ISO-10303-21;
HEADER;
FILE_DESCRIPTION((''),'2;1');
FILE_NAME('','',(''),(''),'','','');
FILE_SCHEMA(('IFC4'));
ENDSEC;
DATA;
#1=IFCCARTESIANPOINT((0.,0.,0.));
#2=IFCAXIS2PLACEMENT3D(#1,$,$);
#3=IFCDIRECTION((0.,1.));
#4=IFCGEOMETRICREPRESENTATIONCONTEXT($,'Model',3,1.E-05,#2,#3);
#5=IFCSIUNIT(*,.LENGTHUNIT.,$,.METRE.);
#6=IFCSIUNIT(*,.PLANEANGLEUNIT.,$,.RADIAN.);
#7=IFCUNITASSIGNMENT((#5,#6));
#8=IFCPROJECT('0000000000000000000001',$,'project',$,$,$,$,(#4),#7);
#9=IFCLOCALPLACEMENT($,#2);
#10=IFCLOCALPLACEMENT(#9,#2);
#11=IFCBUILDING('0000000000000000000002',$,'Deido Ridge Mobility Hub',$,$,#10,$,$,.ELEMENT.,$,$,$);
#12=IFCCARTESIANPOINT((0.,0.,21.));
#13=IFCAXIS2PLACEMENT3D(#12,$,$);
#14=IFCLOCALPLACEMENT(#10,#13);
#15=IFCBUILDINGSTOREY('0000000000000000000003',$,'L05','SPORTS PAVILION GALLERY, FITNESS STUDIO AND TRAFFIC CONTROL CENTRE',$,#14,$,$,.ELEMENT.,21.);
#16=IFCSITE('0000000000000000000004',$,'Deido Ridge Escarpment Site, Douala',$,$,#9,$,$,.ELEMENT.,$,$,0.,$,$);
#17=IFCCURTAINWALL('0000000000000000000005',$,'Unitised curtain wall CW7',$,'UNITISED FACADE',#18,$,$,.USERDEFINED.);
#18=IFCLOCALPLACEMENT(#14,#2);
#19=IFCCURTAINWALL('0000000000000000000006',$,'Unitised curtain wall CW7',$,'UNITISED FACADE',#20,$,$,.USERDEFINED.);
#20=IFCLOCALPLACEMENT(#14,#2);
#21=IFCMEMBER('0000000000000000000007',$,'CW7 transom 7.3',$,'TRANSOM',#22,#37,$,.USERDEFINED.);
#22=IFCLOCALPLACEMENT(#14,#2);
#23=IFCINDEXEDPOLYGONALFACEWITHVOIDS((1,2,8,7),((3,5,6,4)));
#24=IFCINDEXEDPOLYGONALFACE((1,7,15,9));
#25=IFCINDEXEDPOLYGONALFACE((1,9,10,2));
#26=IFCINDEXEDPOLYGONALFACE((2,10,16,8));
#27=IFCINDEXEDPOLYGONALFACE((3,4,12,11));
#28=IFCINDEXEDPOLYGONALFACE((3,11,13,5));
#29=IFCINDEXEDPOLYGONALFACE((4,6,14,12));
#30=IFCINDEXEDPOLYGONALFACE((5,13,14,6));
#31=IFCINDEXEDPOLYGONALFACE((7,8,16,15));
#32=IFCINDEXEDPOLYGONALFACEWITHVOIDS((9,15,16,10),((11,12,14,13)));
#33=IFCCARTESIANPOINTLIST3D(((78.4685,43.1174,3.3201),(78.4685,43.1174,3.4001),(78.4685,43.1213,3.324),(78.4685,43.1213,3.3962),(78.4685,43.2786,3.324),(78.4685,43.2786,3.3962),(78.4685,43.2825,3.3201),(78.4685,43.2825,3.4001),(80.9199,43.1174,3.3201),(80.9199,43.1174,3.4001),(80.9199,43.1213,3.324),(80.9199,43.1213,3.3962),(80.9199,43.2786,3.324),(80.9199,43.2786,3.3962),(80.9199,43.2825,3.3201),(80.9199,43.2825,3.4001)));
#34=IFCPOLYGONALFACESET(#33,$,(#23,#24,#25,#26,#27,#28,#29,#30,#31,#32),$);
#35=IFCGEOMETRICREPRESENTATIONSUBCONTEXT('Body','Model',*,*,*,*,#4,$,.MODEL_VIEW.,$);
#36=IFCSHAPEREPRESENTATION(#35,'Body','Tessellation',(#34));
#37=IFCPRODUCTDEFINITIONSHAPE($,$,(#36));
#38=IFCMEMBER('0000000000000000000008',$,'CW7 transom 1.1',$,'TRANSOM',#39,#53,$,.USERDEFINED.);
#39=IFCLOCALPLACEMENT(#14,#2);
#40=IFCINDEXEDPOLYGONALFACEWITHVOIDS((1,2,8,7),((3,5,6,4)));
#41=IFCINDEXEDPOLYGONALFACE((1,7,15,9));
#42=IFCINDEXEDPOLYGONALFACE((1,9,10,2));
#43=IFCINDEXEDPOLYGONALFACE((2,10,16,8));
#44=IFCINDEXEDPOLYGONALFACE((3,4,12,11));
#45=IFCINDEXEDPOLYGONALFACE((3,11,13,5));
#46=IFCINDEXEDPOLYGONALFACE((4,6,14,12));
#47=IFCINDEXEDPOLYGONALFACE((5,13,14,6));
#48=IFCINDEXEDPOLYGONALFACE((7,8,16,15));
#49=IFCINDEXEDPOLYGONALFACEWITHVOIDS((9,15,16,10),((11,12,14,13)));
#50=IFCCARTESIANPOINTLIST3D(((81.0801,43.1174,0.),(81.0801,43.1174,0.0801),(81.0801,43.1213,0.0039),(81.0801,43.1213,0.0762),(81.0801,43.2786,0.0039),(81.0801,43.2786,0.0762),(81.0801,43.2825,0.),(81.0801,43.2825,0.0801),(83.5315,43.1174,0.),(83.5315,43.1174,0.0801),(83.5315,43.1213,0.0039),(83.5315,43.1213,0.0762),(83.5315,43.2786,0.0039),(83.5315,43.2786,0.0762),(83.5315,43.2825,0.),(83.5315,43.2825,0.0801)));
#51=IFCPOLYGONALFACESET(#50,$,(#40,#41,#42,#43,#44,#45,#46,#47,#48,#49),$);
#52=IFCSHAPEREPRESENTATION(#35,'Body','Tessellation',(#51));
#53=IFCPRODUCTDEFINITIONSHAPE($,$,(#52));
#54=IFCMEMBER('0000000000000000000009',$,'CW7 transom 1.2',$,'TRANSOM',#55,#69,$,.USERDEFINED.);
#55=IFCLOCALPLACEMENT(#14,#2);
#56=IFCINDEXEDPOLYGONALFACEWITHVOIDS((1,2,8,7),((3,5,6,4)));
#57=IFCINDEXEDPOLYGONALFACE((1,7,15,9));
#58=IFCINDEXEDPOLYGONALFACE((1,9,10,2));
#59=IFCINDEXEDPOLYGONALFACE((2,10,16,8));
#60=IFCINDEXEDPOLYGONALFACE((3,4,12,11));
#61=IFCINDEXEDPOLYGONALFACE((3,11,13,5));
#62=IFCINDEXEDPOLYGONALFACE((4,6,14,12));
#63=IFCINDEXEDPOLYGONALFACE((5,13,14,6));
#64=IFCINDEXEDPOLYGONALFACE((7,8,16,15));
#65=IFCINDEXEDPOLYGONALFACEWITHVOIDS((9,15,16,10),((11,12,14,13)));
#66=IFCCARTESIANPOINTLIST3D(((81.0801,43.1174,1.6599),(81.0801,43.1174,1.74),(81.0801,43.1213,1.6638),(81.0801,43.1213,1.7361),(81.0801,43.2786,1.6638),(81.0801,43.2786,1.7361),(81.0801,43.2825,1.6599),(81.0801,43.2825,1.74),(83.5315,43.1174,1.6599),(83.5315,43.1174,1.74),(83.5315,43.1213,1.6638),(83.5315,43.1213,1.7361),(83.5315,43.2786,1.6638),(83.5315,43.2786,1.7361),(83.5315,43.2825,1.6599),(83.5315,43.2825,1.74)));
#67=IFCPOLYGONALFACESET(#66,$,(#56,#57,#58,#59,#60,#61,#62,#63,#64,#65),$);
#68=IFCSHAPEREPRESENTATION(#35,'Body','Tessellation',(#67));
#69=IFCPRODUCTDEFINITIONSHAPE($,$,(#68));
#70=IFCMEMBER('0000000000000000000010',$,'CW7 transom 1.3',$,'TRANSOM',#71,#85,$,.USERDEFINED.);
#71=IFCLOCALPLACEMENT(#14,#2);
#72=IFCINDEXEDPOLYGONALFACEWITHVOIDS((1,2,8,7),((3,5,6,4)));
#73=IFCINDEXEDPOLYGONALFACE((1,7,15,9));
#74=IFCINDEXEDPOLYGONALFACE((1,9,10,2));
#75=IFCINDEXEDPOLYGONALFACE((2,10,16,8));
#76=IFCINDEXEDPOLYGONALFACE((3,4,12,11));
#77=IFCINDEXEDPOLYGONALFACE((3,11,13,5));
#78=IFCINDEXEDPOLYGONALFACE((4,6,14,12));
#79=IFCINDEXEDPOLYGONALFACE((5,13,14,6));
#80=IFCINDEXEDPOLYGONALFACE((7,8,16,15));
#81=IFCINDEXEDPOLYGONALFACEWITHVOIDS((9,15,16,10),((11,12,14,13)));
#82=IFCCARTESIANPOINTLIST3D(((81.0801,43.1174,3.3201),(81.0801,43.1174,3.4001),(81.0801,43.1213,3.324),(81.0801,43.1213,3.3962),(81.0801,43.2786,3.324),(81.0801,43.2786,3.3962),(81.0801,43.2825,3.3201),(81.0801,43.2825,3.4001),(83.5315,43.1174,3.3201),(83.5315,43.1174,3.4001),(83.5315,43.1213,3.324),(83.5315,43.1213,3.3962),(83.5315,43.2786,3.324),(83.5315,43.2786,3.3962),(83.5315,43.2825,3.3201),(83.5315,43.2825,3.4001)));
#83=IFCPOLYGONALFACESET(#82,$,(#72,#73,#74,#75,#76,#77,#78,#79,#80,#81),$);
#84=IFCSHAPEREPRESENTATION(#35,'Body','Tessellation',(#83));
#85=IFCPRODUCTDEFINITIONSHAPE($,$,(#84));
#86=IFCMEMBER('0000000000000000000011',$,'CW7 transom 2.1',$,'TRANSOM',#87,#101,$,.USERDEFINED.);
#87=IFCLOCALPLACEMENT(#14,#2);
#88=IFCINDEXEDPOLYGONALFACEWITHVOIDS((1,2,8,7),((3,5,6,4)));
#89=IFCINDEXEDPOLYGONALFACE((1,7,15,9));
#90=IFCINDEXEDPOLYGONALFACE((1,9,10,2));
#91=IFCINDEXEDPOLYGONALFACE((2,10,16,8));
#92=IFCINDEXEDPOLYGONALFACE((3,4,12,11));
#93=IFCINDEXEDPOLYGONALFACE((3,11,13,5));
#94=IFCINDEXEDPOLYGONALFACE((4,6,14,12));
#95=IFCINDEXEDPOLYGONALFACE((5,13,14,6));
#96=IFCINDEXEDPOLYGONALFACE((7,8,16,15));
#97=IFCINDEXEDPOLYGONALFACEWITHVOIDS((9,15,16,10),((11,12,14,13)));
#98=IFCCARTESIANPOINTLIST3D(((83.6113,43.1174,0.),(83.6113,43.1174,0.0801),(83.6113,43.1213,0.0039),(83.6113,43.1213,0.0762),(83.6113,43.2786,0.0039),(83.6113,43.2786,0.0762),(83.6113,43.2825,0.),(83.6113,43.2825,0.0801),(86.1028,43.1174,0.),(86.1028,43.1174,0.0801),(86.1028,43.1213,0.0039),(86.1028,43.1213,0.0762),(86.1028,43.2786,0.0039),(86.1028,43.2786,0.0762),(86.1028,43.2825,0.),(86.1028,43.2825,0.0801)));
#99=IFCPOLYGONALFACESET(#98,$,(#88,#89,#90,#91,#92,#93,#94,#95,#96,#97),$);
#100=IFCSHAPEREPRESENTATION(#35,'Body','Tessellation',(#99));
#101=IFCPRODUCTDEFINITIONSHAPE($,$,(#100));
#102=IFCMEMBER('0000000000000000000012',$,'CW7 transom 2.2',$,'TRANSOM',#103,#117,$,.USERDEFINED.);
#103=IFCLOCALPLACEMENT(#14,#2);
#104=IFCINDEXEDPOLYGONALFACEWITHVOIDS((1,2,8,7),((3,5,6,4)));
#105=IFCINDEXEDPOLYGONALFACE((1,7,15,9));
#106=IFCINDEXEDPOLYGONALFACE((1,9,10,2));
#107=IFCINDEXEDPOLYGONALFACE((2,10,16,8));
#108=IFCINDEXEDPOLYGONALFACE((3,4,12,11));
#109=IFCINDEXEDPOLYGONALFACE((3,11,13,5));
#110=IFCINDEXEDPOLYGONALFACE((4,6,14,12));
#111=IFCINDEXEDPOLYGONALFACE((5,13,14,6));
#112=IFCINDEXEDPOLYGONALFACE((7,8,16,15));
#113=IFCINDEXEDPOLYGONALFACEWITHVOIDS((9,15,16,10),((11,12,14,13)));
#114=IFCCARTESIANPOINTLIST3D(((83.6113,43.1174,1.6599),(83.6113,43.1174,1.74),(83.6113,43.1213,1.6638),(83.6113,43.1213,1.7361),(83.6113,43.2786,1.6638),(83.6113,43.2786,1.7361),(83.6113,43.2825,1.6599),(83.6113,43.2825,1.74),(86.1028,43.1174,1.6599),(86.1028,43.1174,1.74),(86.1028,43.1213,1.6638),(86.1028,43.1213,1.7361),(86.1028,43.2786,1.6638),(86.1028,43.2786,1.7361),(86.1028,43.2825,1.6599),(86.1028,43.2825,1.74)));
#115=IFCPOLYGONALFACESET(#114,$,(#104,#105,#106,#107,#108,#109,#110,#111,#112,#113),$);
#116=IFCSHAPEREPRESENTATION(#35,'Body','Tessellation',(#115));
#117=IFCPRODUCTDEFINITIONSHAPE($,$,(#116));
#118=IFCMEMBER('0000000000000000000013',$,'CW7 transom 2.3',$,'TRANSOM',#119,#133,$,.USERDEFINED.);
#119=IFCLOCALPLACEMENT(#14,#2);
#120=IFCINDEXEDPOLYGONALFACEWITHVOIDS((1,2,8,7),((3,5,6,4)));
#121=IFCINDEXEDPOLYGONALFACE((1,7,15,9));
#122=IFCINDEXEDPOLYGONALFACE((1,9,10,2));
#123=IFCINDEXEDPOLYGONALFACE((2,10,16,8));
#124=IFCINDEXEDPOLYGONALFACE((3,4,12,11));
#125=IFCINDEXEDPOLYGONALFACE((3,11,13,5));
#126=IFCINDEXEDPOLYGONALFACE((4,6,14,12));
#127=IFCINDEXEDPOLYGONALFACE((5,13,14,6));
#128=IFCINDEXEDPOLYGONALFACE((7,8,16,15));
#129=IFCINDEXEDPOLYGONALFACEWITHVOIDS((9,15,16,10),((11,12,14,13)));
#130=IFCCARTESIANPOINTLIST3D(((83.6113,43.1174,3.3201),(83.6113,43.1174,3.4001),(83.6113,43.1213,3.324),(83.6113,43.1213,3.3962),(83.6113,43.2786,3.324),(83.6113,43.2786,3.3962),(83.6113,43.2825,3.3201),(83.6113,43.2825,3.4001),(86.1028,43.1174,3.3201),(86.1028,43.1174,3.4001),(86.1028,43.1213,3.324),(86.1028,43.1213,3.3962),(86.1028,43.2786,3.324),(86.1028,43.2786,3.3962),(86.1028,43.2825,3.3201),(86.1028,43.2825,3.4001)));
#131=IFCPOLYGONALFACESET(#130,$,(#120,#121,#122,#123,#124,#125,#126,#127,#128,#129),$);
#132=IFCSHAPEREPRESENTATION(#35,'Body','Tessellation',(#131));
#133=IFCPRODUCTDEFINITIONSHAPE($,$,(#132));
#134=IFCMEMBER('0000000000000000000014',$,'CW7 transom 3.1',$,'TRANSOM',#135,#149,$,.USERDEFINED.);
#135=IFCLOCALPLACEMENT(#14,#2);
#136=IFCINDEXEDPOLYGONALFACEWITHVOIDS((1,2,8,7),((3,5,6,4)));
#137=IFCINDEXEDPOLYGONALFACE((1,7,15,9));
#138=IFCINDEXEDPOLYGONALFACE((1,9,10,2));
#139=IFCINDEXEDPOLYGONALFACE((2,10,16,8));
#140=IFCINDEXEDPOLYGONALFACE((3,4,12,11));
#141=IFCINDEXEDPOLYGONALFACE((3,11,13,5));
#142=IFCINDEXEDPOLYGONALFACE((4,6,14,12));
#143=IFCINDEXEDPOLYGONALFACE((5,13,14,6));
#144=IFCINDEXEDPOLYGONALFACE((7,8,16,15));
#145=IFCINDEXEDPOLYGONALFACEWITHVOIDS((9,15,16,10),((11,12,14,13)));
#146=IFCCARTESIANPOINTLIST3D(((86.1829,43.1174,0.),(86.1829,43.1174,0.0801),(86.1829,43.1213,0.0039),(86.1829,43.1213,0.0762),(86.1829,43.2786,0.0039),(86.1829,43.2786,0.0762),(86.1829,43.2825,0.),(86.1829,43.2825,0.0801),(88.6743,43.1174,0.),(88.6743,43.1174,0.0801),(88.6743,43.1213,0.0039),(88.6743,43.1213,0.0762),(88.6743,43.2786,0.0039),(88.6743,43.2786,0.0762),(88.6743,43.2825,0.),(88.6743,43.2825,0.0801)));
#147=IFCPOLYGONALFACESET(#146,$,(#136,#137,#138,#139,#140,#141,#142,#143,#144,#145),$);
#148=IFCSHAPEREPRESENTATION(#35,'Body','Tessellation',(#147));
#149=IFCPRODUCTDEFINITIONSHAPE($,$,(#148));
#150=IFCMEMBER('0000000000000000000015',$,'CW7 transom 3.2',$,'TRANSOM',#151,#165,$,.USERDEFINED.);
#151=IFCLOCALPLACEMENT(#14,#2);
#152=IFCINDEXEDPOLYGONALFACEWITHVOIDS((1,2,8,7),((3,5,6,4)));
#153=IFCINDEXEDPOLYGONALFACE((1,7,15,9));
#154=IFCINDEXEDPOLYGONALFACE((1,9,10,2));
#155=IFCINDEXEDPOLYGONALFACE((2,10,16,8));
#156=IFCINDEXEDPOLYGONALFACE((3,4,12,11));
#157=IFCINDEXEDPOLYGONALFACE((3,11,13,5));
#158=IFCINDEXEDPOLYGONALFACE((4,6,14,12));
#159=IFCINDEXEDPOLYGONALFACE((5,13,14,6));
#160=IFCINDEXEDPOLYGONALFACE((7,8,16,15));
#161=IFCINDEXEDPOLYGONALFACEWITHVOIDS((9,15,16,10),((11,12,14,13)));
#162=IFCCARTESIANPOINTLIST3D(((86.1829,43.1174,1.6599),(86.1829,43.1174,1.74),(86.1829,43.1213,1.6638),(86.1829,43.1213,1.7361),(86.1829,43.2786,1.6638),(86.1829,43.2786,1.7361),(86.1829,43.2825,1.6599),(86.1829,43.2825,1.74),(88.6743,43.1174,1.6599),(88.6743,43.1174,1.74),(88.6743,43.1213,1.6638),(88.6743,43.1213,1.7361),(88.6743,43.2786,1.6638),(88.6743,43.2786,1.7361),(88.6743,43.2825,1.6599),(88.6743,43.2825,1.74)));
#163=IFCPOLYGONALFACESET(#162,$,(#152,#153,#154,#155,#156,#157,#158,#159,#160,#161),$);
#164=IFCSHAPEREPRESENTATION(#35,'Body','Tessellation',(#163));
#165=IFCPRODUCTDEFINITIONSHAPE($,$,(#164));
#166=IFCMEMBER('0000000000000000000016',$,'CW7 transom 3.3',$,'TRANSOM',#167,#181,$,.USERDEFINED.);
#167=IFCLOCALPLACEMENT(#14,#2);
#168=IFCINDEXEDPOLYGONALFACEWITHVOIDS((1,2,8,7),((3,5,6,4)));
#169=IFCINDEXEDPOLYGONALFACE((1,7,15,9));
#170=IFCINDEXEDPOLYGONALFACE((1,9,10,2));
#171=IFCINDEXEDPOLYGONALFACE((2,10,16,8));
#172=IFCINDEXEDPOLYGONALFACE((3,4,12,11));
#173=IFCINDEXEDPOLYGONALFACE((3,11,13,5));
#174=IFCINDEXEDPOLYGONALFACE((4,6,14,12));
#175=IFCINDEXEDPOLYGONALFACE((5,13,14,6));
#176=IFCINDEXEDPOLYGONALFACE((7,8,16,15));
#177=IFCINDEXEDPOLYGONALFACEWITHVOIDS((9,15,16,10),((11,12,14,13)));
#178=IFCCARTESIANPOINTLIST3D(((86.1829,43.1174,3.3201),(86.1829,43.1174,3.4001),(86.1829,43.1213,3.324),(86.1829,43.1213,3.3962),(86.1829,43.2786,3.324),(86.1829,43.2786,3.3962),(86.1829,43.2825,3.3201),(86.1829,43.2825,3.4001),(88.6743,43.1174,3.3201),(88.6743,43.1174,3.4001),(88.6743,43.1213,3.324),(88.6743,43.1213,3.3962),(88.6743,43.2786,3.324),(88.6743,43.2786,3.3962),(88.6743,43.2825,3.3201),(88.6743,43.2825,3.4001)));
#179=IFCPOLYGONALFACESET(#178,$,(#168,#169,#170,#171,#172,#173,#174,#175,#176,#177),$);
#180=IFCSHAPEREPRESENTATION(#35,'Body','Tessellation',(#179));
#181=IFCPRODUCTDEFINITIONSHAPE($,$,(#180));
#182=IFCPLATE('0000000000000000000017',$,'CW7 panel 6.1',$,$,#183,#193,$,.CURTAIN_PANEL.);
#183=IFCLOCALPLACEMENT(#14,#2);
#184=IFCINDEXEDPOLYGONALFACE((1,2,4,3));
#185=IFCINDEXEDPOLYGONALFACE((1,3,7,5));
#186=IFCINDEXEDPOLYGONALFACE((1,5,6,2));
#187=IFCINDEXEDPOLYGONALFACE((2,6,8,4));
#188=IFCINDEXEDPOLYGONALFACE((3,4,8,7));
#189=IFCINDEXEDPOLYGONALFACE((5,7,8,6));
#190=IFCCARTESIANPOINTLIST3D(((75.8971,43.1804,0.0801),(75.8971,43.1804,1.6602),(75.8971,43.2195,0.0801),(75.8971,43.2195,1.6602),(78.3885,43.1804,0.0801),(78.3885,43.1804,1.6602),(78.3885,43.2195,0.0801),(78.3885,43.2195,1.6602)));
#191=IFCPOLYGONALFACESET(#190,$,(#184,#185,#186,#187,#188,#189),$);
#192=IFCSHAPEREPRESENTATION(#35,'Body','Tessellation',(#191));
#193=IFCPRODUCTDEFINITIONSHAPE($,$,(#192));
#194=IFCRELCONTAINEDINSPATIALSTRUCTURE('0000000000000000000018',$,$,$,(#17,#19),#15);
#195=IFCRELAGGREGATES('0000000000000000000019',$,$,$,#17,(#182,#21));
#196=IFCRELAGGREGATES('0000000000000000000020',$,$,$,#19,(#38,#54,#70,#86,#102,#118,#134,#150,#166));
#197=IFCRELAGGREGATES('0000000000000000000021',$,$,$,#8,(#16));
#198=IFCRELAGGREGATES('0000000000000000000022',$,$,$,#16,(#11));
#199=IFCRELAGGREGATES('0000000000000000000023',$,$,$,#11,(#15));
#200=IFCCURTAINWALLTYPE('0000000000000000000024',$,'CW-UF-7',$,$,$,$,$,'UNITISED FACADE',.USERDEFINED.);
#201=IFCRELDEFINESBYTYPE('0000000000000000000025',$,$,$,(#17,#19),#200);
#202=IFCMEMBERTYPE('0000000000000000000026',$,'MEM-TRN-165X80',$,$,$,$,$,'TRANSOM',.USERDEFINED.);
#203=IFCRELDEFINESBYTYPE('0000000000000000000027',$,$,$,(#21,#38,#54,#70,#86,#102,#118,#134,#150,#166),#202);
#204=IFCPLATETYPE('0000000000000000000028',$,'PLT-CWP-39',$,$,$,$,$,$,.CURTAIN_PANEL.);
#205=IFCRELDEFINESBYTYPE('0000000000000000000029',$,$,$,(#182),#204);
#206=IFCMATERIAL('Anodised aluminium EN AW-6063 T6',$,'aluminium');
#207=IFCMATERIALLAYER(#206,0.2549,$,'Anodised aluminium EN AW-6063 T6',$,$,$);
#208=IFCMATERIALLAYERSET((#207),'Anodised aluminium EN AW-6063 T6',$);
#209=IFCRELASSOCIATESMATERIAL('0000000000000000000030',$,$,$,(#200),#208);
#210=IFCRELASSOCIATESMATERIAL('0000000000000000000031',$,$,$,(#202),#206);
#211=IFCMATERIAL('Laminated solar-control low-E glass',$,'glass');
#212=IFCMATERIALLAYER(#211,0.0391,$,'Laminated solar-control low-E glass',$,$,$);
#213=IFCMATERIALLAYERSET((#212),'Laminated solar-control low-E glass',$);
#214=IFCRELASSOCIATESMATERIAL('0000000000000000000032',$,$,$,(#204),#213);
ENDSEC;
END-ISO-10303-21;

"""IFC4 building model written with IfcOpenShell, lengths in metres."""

from ifc_helpers import new_model, si_unit, direction, frame, origin, origin_2d, place, context, subcontext, project, spatial, rectangle, hollow_rectangle, extrude, material, layer, layer_set, material_profile, profile_set, type_object, element, aggregate, save


model = new_model("IFC4")

# Units and contexts
model_context = context("Model", 3, precision=1e-05, world=origin(), true_north=direction((0.0, 1.0)))
body_context = subcontext(model_context, "Body", "Model", "MODEL_VIEW")
ifc_project = project(units=[si_unit("LENGTHUNIT", "METRE"), si_unit("PLANEANGLEUNIT", "RADIAN")], contexts=[model_context])

# Site, building, storey
site_placement = place(None, origin())
site = spatial("IfcSite", under=ifc_project, at=site_placement, Name="Deido Ridge Escarpment Site, Douala", CompositionType="ELEMENT", RefElevation=0.0)
building_placement = place(site_placement, origin())
building = spatial("IfcBuilding", under=site, at=building_placement, Name="Deido Ridge Mobility Hub", CompositionType="ELEMENT")
storey_placement = place(building_placement, frame((0.0, 0.0, 21.0)))
storey = spatial("IfcBuildingStorey", under=building, at=storey_placement, Name="L05", Description="SPORTS PAVILION GALLERY, FITNESS STUDIO AND TRAFFIC CONTROL CENTRE", CompositionType="ELEMENT", Elevation=21.0)

# Curtain walls
ifc_material_1 = material(Name="Anodised aluminium EN AW-6063 T6", Category="aluminium")
ifc_layer_1 = layer(ifc_material_1, 0.2549, Name="Anodised aluminium EN AW-6063 T6")
ifc_layer_set_1 = layer_set([ifc_layer_1], Name="Anodised aluminium EN AW-6063 T6")
curtain_wall_type = type_object("IfcCurtainWallType", Name="CW-UF-7", ElementType="UNITISED FACADE", PredefinedType="USERDEFINED", material=ifc_layer_set_1)
curtain_wall_1_placement = place(storey_placement, origin())
curtain_wall_1 = element("IfcCurtainWall", 1, at=curtain_wall_1_placement, inside=storey, type_object=curtain_wall_type, Name="Unitised curtain wall CW7", ObjectType="UNITISED FACADE", PredefinedType="USERDEFINED")
curtain_wall_2_placement = place(storey_placement, origin())
curtain_wall_2 = element("IfcCurtainWall", 2, at=curtain_wall_2_placement, inside=storey, type_object=curtain_wall_type, Name="Unitised curtain wall CW7", ObjectType="UNITISED FACADE", PredefinedType="USERDEFINED")

# Members
ifc_material_profile_1 = material_profile(ifc_material_1, hollow_rectangle(XDim=0.165, YDim=0.0801, WallThickness=0.0039, at=origin_2d()), Name="RHS 165x80x4")
ifc_profile_set_1 = profile_set([ifc_material_profile_1], Name="Anodised aluminium EN AW-6063 T6")
member_type_1 = type_object("IfcMemberType", Name="MEM-TRN-165X80", ElementType="TRANSOM", PredefinedType="USERDEFINED", material=ifc_profile_set_1)
member_1_placement = place(storey_placement, frame((78.4685, 43.2, 3.3601), z_axis=(1.0, 0.0, 0.0), x_axis=(0.0, 1.0, 0.0)))
member_1 = element("IfcMember", 3, at=member_1_placement, type_object=member_type_1, Name="CW7 transom 7.3", ObjectType="TRANSOM", PredefinedType="USERDEFINED", context=body_context, shape_type="SweptSolid", body=[
    extrude(hollow_rectangle(XDim=0.165, YDim=0.0801, WallThickness=0.0039, at=origin_2d()), origin(), (0.0, 0.0, 1.0), 2.4514),
])
member_2_placement = place(storey_placement, frame((81.0801, 43.2, 0.04), z_axis=(1.0, 0.0, 0.0), x_axis=(0.0, 1.0, 0.0)))
member_2 = element("IfcMember", 4, at=member_2_placement, type_object=member_type_1, Name="CW7 transom 1.1", ObjectType="TRANSOM", PredefinedType="USERDEFINED", context=body_context, shape_type="SweptSolid", body=[
    extrude(hollow_rectangle(XDim=0.165, YDim=0.0801, WallThickness=0.0039, at=origin_2d()), origin(), (0.0, 0.0, 1.0), 2.4514),
])
member_3_placement = place(storey_placement, frame((81.0801, 43.2, 1.7), z_axis=(1.0, 0.0, 0.0), x_axis=(0.0, 1.0, 0.0)))
member_3 = element("IfcMember", 5, at=member_3_placement, type_object=member_type_1, Name="CW7 transom 1.2", ObjectType="TRANSOM", PredefinedType="USERDEFINED", context=body_context, shape_type="SweptSolid", body=[
    extrude(hollow_rectangle(XDim=0.165, YDim=0.0801, WallThickness=0.0039, at=origin_2d()), origin(), (0.0, 0.0, 1.0), 2.4514),
])
member_4_placement = place(storey_placement, frame((81.0801, 43.2, 3.3601), z_axis=(1.0, 0.0, 0.0), x_axis=(0.0, 1.0, 0.0)))
member_4 = element("IfcMember", 6, at=member_4_placement, type_object=member_type_1, Name="CW7 transom 1.3", ObjectType="TRANSOM", PredefinedType="USERDEFINED", context=body_context, shape_type="SweptSolid", body=[
    extrude(hollow_rectangle(XDim=0.165, YDim=0.0801, WallThickness=0.0039, at=origin_2d()), origin(), (0.0, 0.0, 1.0), 2.4514),
])
member_5_placement = place(storey_placement, frame((83.6113, 43.2, 0.04), z_axis=(1.0, 0.0, 0.0), x_axis=(0.0, 1.0, 0.0)))
member_5 = element("IfcMember", 7, at=member_5_placement, type_object=member_type_1, Name="CW7 transom 2.1", ObjectType="TRANSOM", PredefinedType="USERDEFINED", context=body_context, shape_type="SweptSolid", body=[
    extrude(hollow_rectangle(XDim=0.165, YDim=0.0801, WallThickness=0.0039, at=origin_2d()), origin(), (0.0, 0.0, 1.0), 2.4915),
])
member_6_placement = place(storey_placement, frame((83.6113, 43.2, 1.7), z_axis=(1.0, 0.0, 0.0), x_axis=(0.0, 1.0, 0.0)))
member_6 = element("IfcMember", 8, at=member_6_placement, type_object=member_type_1, Name="CW7 transom 2.2", ObjectType="TRANSOM", PredefinedType="USERDEFINED", context=body_context, shape_type="SweptSolid", body=[
    extrude(hollow_rectangle(XDim=0.165, YDim=0.0801, WallThickness=0.0039, at=origin_2d()), origin(), (0.0, 0.0, 1.0), 2.4915),
])
member_7_placement = place(storey_placement, frame((83.6113, 43.2, 3.3601), z_axis=(1.0, 0.0, 0.0), x_axis=(0.0, 1.0, 0.0)))
member_7 = element("IfcMember", 9, at=member_7_placement, type_object=member_type_1, Name="CW7 transom 2.3", ObjectType="TRANSOM", PredefinedType="USERDEFINED", context=body_context, shape_type="SweptSolid", body=[
    extrude(hollow_rectangle(XDim=0.165, YDim=0.0801, WallThickness=0.0039, at=origin_2d()), origin(), (0.0, 0.0, 1.0), 2.4915),
])
member_8_placement = place(storey_placement, frame((86.1829, 43.2, 0.04), z_axis=(1.0, 0.0, 0.0), x_axis=(0.0, 1.0, 0.0)))
member_8 = element("IfcMember", 10, at=member_8_placement, type_object=member_type_1, Name="CW7 transom 3.1", ObjectType="TRANSOM", PredefinedType="USERDEFINED", context=body_context, shape_type="SweptSolid", body=[
    extrude(hollow_rectangle(XDim=0.165, YDim=0.0801, WallThickness=0.0039, at=origin_2d()), origin(), (0.0, 0.0, 1.0), 2.4915),
])
member_9_placement = place(storey_placement, frame((86.1829, 43.2, 1.7), z_axis=(1.0, 0.0, 0.0), x_axis=(0.0, 1.0, 0.0)))
member_9 = element("IfcMember", 11, at=member_9_placement, type_object=member_type_1, Name="CW7 transom 3.2", ObjectType="TRANSOM", PredefinedType="USERDEFINED", context=body_context, shape_type="SweptSolid", body=[
    extrude(hollow_rectangle(XDim=0.165, YDim=0.0801, WallThickness=0.0039, at=origin_2d()), origin(), (0.0, 0.0, 1.0), 2.4915),
])
member_10_placement = place(storey_placement, frame((86.1829, 43.2, 3.3601), z_axis=(1.0, 0.0, 0.0), x_axis=(0.0, 1.0, 0.0)))
member_10 = element("IfcMember", 12, at=member_10_placement, type_object=member_type_1, Name="CW7 transom 3.3", ObjectType="TRANSOM", PredefinedType="USERDEFINED", context=body_context, shape_type="SweptSolid", body=[
    extrude(hollow_rectangle(XDim=0.165, YDim=0.0801, WallThickness=0.0039, at=origin_2d()), origin(), (0.0, 0.0, 1.0), 2.4915),
])

# Plate
ifc_material_2 = material(Name="Laminated solar-control low-E glass", Category="glass")
ifc_layer_2 = layer(ifc_material_2, 0.0391, Name="Laminated solar-control low-E glass")
ifc_layer_set_2 = layer_set([ifc_layer_2], Name="Laminated solar-control low-E glass")
plate_type = type_object("IfcPlateType", Name="PLT-CWP-39", PredefinedType="CURTAIN_PANEL", material=ifc_layer_set_2)
plate_1_placement = place(storey_placement, frame((77.1428, 43.2, 0.0801), z_axis=(0.0, 0.0, 1.0), x_axis=(1.0, 0.0, 0.0)))
plate_1 = element("IfcPlate", 13, at=plate_1_placement, type_object=plate_type, Name="CW7 panel 6.1", PredefinedType="CURTAIN_PANEL", context=body_context, shape_type="SweptSolid", body=[
    extrude(rectangle(XDim=2.4915, YDim=0.0391, at=origin_2d()), origin(), (0.0, 0.0, 1.0), 1.5801),
])
aggregate(curtain_wall_1, [plate_1, member_1])
aggregate(curtain_wall_2, [member_2, member_3, member_4, member_5, member_6, member_7, member_8, member_9, member_10])

save(model, "model.ifc")
